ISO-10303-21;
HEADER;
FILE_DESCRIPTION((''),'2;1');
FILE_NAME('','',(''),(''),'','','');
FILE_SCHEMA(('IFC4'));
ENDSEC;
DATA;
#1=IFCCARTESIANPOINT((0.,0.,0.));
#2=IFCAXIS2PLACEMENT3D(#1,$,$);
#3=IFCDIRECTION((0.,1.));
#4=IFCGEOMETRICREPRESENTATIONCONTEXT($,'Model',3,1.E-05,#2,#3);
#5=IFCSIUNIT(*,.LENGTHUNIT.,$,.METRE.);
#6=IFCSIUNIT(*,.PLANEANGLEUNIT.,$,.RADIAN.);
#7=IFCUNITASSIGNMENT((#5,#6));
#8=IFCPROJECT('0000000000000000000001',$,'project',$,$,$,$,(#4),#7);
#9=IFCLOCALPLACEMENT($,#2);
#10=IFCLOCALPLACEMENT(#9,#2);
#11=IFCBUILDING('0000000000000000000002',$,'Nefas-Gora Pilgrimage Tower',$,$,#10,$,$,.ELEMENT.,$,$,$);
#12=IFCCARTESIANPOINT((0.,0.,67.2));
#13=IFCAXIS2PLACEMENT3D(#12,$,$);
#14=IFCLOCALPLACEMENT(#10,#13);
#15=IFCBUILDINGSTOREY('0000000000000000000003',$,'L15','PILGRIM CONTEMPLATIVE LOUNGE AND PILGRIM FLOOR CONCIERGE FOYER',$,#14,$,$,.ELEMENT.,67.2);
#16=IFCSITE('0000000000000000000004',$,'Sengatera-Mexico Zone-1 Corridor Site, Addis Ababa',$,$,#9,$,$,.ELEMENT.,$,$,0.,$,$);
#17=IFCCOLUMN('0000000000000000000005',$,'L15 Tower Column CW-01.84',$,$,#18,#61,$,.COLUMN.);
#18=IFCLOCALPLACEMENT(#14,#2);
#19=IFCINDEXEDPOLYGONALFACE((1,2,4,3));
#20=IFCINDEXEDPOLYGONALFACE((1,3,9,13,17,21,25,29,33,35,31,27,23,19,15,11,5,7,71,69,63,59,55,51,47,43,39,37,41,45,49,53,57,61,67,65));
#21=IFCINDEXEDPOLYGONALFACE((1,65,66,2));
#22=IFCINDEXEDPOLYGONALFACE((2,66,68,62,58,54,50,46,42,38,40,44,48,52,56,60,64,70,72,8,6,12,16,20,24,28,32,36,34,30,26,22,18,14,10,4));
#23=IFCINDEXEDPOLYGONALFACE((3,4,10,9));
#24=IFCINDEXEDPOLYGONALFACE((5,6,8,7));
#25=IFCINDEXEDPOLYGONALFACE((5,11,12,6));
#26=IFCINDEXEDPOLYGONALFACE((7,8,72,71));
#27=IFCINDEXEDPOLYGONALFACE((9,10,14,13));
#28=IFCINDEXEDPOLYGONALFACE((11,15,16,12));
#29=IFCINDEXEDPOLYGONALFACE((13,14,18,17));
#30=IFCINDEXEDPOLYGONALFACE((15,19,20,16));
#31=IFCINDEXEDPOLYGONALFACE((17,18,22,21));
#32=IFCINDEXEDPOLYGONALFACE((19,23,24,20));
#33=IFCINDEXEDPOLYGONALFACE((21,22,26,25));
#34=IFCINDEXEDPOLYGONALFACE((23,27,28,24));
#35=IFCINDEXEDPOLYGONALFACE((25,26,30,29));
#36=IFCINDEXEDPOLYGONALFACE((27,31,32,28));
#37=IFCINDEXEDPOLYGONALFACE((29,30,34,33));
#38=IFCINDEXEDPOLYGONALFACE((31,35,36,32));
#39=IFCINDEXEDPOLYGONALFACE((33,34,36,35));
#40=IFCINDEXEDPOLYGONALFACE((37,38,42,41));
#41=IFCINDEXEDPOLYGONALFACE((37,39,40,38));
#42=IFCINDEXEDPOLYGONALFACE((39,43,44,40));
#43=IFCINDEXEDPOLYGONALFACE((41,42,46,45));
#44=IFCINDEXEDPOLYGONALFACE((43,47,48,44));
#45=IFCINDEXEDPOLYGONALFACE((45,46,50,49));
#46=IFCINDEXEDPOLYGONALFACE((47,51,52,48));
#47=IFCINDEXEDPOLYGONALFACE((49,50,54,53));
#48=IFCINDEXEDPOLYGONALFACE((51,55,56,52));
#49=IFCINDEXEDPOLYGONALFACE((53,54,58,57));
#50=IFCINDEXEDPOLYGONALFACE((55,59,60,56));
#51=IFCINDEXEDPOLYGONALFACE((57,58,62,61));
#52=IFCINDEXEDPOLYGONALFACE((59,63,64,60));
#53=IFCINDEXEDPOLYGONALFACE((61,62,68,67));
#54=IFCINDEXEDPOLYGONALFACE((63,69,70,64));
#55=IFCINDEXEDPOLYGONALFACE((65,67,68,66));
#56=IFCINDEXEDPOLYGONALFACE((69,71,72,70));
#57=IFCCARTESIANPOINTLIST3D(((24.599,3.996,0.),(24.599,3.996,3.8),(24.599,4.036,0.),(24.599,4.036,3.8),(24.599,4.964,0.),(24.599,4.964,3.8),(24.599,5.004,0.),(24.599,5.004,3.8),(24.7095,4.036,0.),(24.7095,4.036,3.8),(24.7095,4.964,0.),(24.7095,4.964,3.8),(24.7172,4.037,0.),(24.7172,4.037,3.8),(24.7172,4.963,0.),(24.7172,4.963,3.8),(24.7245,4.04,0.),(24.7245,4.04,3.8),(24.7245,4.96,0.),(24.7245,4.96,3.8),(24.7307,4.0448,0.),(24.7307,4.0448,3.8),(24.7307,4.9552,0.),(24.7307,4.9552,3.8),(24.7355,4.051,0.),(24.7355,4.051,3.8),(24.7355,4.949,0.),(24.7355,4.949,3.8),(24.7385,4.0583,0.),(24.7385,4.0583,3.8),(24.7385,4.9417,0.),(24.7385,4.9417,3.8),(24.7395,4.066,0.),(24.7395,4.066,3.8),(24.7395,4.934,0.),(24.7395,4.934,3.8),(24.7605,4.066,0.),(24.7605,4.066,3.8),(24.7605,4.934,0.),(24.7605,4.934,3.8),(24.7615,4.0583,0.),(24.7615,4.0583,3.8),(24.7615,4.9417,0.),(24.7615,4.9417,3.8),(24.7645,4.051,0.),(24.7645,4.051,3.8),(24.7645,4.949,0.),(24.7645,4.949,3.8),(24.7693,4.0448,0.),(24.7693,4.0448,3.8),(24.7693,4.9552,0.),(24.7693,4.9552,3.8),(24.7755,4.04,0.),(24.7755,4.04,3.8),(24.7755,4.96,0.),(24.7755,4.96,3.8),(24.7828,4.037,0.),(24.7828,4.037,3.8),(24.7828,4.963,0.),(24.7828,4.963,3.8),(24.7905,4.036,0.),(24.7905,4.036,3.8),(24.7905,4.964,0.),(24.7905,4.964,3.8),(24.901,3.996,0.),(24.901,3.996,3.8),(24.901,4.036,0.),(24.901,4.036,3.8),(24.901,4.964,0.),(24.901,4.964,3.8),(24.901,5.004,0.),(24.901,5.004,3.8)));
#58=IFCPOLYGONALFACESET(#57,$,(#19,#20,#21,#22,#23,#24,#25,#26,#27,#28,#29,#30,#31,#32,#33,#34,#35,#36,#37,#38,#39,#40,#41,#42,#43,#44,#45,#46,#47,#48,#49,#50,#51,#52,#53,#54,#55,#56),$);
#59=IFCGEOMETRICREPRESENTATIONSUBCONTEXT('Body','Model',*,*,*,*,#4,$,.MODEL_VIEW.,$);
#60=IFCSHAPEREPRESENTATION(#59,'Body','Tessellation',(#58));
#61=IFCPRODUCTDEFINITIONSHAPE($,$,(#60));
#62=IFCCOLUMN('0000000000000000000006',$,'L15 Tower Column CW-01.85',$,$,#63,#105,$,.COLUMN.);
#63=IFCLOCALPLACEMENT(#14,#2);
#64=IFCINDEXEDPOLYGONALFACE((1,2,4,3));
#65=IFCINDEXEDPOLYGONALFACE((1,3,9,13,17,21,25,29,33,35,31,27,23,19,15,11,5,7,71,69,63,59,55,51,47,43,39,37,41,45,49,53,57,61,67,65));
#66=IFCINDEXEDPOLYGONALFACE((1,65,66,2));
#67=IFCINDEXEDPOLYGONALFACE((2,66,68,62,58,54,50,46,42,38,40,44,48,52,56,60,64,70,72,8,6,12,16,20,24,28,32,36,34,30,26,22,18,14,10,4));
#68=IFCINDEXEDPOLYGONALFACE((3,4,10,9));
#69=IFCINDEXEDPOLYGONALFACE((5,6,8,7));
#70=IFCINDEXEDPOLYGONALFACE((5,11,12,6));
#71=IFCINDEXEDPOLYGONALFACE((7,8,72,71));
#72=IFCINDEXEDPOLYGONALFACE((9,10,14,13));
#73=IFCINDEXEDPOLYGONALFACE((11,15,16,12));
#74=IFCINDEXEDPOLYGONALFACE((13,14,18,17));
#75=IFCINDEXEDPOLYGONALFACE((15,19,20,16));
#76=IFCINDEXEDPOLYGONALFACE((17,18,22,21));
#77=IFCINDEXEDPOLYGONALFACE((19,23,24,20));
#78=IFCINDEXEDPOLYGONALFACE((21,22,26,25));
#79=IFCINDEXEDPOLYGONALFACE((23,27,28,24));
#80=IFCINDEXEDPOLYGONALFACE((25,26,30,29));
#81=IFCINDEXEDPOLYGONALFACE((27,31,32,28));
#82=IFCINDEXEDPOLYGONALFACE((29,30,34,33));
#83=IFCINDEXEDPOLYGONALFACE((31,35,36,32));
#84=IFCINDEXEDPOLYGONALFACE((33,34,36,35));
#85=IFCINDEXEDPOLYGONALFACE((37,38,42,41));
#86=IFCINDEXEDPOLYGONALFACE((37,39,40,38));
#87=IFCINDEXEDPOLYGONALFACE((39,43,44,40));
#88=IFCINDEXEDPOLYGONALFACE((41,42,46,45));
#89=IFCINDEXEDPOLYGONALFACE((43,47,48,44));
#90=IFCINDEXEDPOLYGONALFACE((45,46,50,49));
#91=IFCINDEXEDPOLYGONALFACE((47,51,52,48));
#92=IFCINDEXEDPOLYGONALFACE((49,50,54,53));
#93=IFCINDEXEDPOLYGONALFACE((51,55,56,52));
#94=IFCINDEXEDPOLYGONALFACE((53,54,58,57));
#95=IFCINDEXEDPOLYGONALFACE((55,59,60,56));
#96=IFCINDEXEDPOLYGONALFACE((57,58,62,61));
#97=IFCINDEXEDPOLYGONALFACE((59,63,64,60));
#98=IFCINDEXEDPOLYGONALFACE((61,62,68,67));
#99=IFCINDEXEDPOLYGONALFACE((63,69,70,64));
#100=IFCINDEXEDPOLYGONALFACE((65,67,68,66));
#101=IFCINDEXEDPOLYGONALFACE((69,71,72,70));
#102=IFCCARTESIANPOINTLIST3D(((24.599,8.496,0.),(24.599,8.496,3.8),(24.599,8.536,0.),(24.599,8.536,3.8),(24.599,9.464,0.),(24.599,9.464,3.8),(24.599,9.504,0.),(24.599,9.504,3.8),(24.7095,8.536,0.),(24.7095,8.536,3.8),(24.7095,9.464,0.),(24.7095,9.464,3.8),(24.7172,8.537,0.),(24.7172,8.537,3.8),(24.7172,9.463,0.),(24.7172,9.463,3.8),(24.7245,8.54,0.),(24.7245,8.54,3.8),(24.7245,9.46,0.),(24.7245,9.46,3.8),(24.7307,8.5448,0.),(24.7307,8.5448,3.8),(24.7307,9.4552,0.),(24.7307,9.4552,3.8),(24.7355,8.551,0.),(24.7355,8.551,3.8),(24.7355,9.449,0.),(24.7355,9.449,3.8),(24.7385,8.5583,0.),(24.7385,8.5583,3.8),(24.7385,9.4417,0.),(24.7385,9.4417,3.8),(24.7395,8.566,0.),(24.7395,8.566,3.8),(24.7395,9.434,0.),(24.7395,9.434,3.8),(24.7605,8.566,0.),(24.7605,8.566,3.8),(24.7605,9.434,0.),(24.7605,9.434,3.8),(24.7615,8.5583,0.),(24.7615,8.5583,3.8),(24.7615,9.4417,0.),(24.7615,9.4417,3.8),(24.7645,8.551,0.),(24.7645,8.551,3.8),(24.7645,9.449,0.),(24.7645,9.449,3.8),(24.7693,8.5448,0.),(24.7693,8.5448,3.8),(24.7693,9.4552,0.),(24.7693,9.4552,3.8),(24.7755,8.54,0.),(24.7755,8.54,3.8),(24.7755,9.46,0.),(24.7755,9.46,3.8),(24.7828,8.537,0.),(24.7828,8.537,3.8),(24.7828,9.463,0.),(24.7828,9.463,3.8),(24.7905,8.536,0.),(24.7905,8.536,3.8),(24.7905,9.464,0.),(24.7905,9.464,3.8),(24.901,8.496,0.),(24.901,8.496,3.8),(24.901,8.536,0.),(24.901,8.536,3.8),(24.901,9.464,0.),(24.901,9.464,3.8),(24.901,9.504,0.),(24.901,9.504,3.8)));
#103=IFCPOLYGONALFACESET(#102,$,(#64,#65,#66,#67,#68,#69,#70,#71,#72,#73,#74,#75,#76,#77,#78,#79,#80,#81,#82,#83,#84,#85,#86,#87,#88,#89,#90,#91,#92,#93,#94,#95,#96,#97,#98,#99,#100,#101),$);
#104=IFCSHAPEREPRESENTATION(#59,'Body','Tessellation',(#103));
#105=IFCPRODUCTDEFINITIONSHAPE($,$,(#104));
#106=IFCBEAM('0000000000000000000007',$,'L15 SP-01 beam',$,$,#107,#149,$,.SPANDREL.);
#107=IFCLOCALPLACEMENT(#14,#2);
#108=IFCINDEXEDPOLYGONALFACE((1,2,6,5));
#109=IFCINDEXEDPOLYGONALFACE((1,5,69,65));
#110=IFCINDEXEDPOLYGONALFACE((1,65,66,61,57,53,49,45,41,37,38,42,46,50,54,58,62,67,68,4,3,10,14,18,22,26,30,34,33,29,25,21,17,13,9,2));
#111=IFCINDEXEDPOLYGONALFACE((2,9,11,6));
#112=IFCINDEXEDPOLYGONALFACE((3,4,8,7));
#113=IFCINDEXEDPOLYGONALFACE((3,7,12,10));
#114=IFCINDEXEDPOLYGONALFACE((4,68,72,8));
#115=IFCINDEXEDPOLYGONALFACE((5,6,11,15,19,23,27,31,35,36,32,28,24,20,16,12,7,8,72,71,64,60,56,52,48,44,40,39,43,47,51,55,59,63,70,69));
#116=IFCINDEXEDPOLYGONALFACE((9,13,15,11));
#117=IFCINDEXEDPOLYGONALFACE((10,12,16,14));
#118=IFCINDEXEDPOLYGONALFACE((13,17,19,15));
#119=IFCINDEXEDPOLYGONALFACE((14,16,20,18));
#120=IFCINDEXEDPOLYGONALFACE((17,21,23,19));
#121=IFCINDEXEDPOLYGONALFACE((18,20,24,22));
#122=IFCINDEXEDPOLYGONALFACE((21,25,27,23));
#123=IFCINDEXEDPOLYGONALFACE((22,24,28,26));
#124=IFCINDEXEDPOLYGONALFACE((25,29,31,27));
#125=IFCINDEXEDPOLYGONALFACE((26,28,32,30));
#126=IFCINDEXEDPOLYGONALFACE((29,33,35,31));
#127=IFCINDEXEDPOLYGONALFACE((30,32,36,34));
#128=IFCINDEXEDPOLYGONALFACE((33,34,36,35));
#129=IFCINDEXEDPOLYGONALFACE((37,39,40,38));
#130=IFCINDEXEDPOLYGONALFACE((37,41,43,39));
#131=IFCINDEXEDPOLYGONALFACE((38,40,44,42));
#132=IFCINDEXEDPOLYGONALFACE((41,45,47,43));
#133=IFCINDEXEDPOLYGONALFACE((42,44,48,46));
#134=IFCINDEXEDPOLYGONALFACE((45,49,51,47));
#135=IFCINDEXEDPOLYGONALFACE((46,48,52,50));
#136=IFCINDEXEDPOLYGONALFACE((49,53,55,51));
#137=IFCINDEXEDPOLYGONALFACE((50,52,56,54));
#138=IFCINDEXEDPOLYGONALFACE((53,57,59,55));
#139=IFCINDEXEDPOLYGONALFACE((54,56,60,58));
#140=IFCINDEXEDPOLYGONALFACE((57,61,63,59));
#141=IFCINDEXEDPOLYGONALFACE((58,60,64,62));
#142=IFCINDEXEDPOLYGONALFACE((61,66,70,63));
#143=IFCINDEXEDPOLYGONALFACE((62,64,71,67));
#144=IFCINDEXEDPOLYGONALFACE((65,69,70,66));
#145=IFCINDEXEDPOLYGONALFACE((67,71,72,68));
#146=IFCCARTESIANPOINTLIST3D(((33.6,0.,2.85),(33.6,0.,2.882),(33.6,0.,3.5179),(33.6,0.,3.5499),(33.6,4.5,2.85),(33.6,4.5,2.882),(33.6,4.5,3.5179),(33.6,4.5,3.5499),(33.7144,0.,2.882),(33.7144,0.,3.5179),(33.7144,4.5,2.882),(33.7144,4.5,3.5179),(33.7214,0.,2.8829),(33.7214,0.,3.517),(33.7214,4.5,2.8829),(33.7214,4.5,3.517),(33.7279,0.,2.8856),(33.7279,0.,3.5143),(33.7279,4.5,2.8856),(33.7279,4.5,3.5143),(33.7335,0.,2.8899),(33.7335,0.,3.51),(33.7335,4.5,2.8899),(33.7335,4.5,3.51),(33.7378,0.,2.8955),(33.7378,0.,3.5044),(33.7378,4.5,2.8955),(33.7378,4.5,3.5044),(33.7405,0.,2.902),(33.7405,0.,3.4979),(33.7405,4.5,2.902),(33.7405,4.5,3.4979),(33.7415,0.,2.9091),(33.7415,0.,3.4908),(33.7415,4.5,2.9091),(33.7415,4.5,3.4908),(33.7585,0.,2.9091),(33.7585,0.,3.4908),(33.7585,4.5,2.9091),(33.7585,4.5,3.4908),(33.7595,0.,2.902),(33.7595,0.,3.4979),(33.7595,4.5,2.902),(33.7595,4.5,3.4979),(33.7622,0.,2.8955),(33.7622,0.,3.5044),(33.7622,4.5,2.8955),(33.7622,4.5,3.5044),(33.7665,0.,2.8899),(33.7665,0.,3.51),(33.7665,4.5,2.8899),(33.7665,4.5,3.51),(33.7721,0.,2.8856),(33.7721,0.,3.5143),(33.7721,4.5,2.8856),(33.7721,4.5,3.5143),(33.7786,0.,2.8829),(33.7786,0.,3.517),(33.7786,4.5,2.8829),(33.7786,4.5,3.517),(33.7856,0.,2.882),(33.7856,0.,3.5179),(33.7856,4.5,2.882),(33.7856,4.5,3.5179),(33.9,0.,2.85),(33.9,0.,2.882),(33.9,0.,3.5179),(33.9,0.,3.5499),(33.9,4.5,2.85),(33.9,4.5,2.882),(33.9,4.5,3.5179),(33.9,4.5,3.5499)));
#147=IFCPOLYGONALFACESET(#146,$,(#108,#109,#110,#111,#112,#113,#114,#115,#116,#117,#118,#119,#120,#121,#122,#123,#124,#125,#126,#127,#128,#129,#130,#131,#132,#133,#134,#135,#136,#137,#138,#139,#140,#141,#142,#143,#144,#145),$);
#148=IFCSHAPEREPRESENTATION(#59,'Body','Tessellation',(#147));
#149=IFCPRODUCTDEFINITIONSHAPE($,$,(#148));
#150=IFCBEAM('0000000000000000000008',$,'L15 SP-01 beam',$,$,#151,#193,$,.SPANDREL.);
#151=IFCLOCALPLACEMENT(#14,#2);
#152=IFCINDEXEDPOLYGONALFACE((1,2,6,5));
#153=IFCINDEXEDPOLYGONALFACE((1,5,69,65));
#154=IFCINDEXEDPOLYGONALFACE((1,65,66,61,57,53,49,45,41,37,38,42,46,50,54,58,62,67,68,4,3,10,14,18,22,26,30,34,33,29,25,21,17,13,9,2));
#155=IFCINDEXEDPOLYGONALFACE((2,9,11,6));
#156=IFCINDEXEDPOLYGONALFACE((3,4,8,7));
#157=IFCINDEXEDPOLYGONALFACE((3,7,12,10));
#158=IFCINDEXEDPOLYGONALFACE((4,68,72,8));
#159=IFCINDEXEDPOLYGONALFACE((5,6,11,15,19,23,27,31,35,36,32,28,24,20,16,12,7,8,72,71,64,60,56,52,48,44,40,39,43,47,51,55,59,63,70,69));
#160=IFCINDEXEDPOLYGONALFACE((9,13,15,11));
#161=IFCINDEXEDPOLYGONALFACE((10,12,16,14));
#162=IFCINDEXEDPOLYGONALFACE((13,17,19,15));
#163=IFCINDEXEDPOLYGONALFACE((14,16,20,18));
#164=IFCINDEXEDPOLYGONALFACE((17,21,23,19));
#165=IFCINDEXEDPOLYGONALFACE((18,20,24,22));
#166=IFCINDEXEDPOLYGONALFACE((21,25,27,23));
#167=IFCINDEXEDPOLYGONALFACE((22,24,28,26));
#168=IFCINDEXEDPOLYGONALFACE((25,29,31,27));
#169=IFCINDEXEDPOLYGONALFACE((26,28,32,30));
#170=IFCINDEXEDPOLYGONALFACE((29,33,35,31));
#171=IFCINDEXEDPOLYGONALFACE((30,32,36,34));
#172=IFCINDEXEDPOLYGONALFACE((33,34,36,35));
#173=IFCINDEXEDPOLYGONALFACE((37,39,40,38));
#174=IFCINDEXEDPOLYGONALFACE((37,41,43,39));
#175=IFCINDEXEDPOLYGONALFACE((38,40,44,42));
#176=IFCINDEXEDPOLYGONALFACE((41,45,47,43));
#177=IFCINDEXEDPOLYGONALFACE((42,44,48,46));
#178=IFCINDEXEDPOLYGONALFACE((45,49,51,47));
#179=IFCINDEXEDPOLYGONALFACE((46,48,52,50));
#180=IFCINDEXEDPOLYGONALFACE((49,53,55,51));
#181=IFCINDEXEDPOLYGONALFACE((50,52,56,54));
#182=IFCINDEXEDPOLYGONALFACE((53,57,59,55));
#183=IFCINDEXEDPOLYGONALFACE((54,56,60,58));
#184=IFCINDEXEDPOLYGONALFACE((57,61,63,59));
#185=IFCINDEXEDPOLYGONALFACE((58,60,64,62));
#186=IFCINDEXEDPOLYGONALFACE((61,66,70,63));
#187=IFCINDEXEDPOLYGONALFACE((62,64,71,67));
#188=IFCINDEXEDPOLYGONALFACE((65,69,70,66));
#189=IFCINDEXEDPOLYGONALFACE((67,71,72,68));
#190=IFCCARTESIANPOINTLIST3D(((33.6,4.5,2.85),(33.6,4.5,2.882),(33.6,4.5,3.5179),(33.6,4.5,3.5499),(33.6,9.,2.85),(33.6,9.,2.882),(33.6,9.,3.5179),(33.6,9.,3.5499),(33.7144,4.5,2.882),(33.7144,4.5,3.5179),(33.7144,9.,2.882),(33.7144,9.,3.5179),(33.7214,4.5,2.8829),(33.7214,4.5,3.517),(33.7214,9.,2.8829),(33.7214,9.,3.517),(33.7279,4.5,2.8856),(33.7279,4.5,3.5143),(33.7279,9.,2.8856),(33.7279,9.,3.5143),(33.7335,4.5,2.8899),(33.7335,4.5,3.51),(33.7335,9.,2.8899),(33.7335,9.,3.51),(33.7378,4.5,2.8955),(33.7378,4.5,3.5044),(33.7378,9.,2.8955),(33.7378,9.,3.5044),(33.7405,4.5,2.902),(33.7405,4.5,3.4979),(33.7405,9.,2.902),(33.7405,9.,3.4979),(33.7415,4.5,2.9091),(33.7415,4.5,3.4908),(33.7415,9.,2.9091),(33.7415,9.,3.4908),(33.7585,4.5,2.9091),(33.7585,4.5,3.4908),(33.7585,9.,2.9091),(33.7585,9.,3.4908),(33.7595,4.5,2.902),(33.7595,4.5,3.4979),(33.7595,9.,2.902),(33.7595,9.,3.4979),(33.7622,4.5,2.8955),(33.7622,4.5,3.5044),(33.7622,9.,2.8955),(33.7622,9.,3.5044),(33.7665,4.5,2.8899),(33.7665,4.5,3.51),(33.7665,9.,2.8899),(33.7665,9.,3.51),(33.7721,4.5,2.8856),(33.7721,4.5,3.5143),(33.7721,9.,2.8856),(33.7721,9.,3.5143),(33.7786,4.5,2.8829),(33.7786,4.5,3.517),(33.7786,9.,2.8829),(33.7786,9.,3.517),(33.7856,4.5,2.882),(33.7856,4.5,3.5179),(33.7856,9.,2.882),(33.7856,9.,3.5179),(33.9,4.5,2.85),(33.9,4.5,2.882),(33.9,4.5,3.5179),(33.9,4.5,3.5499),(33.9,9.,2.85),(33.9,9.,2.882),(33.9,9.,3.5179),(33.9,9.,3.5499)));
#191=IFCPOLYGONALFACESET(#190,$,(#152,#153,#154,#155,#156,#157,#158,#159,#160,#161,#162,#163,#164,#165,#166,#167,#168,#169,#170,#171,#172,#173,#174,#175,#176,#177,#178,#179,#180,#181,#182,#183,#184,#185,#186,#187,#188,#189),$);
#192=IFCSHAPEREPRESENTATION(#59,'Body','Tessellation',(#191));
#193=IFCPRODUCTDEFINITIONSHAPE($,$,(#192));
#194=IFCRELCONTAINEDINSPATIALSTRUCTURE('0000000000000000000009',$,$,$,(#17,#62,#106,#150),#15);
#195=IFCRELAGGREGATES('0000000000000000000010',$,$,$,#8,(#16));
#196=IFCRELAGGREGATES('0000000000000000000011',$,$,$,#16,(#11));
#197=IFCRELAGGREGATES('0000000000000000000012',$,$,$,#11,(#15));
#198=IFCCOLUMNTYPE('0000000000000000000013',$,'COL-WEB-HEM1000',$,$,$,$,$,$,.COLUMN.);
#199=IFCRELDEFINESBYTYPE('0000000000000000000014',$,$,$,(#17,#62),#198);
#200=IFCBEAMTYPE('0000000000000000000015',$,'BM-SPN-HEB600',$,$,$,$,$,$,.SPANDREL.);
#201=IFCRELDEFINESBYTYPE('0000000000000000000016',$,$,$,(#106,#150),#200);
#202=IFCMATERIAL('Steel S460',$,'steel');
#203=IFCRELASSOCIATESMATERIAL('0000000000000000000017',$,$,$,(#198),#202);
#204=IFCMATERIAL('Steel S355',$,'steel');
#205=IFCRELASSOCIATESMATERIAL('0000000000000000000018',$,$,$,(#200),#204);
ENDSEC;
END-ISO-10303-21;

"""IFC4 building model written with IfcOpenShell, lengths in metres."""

from ifc_helpers import new_model, si_unit, direction, frame, origin, origin_2d, place, context, subcontext, project, spatial, i_section, extrude, source, transform, mapped, material, material_profile, profile_set, type_object, element, save


model = new_model("IFC4")

# Units and contexts
model_context = context("Model", 3, precision=1e-05, world=origin(), true_north=direction((0.0, 1.0)))
body_context = subcontext(model_context, "Body", "Model", "MODEL_VIEW")
ifc_project = project(units=[si_unit("LENGTHUNIT", "METRE"), si_unit("PLANEANGLEUNIT", "RADIAN")], contexts=[model_context])

# Site, building, storey
site_placement = place(None, origin())
site = spatial("IfcSite", under=ifc_project, at=site_placement, Name="Sengatera-Mexico Zone-1 Corridor Site, Addis Ababa", CompositionType="ELEMENT", RefElevation=0.0)
building_placement = place(site_placement, origin())
building = spatial("IfcBuilding", under=site, at=building_placement, Name="Nefas-Gora Pilgrimage Tower", CompositionType="ELEMENT")
storey_placement = place(building_placement, frame((0.0, 0.0, 67.2)))
storey = spatial("IfcBuildingStorey", under=building, at=storey_placement, Name="L15", Description="PILGRIM CONTEMPLATIVE LOUNGE AND PILGRIM FLOOR CONCIERGE FOYER", CompositionType="ELEMENT", Elevation=67.2)

# Columns
ifc_material_1 = material(Name="Steel S460", Category="steel")
ifc_material_profile_1 = material_profile(ifc_material_1, i_section(OverallWidth=0.302, OverallDepth=1.0081, WebThickness=0.021, FlangeThickness=0.04, FilletRadius=0.03, at=origin_2d()), Name="HEM 1000")
ifc_profile_set_1 = profile_set([ifc_material_profile_1], Name="Steel S460")
column_type_1 = type_object("IfcColumnType", Name="COL-WEB-HEM1000", PredefinedType="COLUMN", material=ifc_profile_set_1)
shared_shape_1 = source(origin(), body_context, "Body", "SweptSolid", [
    extrude(i_section(OverallWidth=0.302, OverallDepth=1.0081, WebThickness=0.021, FlangeThickness=0.04, FilletRadius=0.03, at=origin_2d()), origin(), (0.0, 0.0, 1.0), 3.8),
])
for number, where, z_axis, x_axis, name in (
    (1, (24.75, 4.5, 0.0), (0.0, 0.0, 1.0), (1.0, 0.0, 0.0), "L15 Tower Column CW-01.84"),
    (2, (24.75, 9.0, 0.0), (0.0, 0.0, 1.0), (1.0, 0.0, 0.0), "L15 Tower Column CW-01.85"),
):
    element("IfcColumn", number, at=place(storey_placement, frame(where, z_axis=z_axis, x_axis=x_axis)), inside=storey, type_object=column_type_1, Name=name, PredefinedType="COLUMN", context=body_context, shape_type="MappedRepresentation", body=[
        mapped(shared_shape_1, transform((0.0, 0.0, 0.0), x_axis=(1.0, 0.0, 0.0), y_axis=(0.0, 1.0, 0.0), z_axis=(0.0, 0.0, 1.0), scale=1.0)),
    ])

# Beams
ifc_material_2 = material(Name="Steel S355", Category="steel")
ifc_material_profile_2 = material_profile(ifc_material_2, i_section(OverallWidth=0.3, OverallDepth=0.7, WebThickness=0.0171, FlangeThickness=0.032, FilletRadius=0.0271, at=origin_2d()), Name="HEB 700")
ifc_profile_set_2 = profile_set([ifc_material_profile_2], Name="Steel S355")
beam_type_1 = type_object("IfcBeamType", Name="BM-SPN-HEB600", PredefinedType="SPANDREL", material=ifc_profile_set_2)
shared_shape_2 = source(origin(), body_context, "Body", "SweptSolid", [
    extrude(i_section(OverallWidth=0.3, OverallDepth=0.7, WebThickness=0.0171, FlangeThickness=0.032, FilletRadius=0.0271, at=origin_2d()), origin(), (0.0, 0.0, 1.0), 4.5),
])
for number, where, z_axis, x_axis, name in (
    (3, (33.75, 0.0, 3.2), (0.0, 1.0, 0.0), (-1.0, 0.0, 0.0), "L15 SP-01 beam"),
    (4, (33.75, 4.5, 3.2), (0.0, 1.0, 0.0), (-1.0, 0.0, 0.0), "L15 SP-01 beam"),
):
    element("IfcBeam", number, at=place(storey_placement, frame(where, z_axis=z_axis, x_axis=x_axis)), inside=storey, type_object=beam_type_1, Name=name, PredefinedType="SPANDREL", context=body_context, shape_type="MappedRepresentation", body=[
        mapped(shared_shape_2, transform((0.0, 0.0, 0.0), x_axis=(1.0, 0.0, 0.0), y_axis=(0.0, 1.0, 0.0), z_axis=(0.0, 0.0, 1.0), scale=1.0)),
    ])

save(model, "model.ifc")
